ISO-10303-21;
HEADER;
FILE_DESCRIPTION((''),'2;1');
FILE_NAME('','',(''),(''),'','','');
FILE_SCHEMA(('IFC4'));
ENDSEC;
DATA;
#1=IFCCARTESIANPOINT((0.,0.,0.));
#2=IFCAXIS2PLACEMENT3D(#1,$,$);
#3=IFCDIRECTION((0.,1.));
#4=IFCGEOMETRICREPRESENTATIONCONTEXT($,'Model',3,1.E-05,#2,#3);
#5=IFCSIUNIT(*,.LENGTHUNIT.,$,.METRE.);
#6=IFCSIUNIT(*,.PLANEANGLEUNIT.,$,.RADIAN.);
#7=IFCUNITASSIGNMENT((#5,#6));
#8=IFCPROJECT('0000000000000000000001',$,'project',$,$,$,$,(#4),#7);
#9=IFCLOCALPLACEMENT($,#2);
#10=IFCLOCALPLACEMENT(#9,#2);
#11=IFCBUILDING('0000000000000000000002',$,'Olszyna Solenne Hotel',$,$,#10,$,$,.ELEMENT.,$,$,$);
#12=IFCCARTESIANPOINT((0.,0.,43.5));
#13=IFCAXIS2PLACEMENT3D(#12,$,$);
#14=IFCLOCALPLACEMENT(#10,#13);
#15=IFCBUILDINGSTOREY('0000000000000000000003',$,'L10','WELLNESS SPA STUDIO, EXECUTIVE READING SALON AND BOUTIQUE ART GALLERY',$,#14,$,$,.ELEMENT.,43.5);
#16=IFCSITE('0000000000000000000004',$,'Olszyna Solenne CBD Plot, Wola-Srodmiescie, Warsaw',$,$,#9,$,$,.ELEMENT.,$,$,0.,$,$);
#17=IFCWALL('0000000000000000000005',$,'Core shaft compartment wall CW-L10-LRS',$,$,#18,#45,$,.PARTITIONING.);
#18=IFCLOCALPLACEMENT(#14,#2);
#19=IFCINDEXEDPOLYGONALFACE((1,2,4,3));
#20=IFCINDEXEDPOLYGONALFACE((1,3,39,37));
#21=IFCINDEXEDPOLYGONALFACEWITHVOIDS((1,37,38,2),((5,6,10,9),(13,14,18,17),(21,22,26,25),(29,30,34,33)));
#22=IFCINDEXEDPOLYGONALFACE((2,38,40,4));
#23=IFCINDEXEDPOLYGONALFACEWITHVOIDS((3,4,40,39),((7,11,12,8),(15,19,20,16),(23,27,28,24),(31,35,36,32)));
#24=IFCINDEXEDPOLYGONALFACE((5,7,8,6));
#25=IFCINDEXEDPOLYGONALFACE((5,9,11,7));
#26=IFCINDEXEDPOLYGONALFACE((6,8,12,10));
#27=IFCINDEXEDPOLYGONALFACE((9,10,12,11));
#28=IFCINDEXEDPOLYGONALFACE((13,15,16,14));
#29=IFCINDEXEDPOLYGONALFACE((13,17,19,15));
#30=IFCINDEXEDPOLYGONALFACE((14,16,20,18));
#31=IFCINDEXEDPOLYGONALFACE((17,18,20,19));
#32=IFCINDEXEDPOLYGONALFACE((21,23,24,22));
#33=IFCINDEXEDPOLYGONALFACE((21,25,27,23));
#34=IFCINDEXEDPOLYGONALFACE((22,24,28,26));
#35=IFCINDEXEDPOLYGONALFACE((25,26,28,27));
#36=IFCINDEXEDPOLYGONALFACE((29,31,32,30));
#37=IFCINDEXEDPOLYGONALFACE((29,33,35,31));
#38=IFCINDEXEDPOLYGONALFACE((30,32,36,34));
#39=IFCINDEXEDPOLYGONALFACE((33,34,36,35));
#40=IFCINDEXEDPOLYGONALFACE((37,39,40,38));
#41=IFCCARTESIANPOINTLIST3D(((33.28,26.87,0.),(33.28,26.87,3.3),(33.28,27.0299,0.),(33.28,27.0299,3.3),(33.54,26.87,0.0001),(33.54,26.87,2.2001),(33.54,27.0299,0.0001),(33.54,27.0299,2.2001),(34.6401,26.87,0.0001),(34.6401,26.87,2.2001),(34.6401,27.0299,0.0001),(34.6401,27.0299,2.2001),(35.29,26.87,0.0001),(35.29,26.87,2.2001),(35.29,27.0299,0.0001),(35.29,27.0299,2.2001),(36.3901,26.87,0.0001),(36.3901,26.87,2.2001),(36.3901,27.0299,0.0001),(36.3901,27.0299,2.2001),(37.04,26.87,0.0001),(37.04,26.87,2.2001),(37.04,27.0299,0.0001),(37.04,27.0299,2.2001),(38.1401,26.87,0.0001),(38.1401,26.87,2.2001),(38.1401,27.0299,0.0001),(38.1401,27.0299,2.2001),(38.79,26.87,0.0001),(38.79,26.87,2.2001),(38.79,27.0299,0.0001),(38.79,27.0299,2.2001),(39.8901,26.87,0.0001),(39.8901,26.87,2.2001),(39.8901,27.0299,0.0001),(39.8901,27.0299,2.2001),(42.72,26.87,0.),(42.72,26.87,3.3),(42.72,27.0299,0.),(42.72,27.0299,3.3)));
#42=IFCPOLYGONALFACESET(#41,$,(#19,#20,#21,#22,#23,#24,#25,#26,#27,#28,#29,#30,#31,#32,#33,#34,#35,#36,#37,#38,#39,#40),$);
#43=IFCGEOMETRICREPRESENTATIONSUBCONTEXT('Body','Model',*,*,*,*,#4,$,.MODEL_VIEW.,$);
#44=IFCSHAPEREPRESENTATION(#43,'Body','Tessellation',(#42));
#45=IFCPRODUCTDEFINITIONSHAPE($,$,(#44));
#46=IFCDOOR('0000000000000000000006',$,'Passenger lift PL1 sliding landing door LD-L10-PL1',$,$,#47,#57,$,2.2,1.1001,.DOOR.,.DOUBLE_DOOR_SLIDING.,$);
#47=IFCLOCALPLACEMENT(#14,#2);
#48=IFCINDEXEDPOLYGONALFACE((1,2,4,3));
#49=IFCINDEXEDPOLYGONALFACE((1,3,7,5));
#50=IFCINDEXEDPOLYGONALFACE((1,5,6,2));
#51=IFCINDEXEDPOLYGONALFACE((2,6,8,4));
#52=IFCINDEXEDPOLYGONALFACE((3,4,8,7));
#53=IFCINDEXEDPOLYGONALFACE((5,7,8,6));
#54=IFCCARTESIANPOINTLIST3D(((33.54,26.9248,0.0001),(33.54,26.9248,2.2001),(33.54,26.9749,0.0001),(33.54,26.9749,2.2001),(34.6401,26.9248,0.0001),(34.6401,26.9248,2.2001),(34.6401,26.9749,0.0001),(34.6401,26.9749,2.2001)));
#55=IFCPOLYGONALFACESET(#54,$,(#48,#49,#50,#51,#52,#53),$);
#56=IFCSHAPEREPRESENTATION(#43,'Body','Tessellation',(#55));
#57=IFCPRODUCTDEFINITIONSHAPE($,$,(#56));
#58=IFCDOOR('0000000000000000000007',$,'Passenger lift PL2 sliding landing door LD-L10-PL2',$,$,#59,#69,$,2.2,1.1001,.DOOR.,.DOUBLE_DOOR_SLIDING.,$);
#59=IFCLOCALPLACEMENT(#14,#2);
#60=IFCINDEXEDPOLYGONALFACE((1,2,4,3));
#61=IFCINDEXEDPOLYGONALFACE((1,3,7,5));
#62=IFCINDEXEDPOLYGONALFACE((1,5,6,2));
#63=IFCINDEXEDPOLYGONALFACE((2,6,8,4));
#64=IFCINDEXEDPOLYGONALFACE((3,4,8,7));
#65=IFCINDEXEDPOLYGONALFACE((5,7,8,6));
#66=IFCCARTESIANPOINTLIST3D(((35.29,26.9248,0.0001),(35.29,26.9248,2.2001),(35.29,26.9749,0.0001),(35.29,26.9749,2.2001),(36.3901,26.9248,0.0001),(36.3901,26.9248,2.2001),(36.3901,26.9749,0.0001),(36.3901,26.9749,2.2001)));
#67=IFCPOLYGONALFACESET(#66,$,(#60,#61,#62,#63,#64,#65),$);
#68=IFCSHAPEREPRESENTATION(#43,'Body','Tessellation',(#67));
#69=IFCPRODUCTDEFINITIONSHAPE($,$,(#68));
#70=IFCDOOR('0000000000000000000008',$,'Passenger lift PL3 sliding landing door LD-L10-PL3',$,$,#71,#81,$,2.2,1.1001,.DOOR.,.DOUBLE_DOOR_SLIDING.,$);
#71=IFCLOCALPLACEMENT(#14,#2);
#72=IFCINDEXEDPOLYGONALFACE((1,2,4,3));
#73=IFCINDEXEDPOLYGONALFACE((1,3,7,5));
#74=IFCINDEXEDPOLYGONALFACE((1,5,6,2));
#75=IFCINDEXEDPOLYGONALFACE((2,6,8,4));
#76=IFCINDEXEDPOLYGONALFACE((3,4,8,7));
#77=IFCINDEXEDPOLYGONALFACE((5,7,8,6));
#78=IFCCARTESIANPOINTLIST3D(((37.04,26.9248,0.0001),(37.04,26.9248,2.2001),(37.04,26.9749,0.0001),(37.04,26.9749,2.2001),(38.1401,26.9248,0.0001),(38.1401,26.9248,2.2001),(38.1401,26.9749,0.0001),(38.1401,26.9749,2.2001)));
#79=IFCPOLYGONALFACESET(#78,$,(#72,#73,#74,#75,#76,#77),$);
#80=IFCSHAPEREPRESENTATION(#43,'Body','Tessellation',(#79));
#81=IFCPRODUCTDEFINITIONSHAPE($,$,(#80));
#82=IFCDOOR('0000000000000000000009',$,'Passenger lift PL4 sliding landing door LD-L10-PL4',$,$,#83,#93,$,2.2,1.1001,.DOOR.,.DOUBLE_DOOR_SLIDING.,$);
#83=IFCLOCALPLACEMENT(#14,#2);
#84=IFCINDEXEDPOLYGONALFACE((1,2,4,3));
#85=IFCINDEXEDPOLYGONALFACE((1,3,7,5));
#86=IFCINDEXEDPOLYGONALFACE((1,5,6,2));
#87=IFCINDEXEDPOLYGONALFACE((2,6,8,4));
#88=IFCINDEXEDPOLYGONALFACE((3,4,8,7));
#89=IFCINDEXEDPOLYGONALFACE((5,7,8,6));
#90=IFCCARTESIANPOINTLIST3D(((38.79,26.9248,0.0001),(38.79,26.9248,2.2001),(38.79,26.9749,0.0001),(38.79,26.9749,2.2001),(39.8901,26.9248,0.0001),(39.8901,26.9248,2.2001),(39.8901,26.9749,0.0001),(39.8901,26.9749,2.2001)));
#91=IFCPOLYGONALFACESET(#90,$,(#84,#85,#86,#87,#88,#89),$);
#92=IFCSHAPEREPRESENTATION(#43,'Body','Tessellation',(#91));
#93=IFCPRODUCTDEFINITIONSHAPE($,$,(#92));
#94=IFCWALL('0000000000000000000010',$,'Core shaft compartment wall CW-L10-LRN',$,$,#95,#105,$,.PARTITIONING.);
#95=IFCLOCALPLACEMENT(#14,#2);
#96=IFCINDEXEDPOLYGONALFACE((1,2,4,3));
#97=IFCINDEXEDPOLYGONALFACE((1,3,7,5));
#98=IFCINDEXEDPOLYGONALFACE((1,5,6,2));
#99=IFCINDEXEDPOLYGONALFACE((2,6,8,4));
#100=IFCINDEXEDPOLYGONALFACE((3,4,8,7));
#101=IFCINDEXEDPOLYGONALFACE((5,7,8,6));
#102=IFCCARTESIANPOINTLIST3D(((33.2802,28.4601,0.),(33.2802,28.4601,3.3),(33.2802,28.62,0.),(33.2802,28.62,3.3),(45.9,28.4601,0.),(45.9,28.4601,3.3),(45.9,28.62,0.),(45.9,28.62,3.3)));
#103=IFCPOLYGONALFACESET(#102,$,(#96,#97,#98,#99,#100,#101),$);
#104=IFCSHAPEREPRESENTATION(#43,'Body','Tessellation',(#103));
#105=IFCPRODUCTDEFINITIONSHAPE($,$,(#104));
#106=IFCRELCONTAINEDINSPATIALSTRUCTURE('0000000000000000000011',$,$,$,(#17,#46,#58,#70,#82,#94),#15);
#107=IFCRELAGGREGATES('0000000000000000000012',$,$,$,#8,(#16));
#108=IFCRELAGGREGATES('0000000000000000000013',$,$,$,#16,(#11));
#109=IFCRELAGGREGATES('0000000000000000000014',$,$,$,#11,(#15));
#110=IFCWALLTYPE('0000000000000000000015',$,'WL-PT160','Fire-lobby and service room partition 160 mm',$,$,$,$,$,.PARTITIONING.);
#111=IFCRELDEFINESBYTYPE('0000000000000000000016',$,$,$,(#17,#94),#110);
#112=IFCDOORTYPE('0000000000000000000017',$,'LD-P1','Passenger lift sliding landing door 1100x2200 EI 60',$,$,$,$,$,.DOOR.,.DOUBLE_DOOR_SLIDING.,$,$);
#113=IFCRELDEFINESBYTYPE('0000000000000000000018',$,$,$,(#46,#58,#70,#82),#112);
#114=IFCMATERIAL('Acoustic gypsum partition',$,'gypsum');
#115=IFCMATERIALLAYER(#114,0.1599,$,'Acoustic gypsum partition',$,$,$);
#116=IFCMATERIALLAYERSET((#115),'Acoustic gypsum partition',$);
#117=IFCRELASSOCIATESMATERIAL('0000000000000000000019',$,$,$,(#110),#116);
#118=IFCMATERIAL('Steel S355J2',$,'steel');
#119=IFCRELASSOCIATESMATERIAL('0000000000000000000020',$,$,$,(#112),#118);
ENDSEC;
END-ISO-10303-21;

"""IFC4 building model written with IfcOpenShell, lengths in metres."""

from ifc_helpers import new_model, si_unit, direction, frame, frame_2d, origin, place, context, subcontext, project, spatial, rectangle, extrude, source, transform, mapped, material, layer, layer_set, type_object, type_shapes, element, fill, save


model = new_model("IFC4")

# Units and contexts
model_context = context("Model", 3, precision=1e-05, world=origin(), true_north=direction((0.0, 1.0)))
body_context = subcontext(model_context, "Body", "Model", "MODEL_VIEW")
ifc_project = project(units=[si_unit("LENGTHUNIT", "METRE"), si_unit("PLANEANGLEUNIT", "RADIAN")], contexts=[model_context])

# Site, building, storey
site_placement = place(None, origin())
site = spatial("IfcSite", under=ifc_project, at=site_placement, Name="Olszyna Solenne CBD Plot, Wola-Srodmiescie, Warsaw", CompositionType="ELEMENT", RefElevation=0.0)
building_placement = place(site_placement, origin())
building = spatial("IfcBuilding", under=site, at=building_placement, Name="Olszyna Solenne Hotel", CompositionType="ELEMENT")
storey_placement = place(building_placement, frame((0.0, 0.0, 43.5)))
storey = spatial("IfcBuildingStorey", under=building, at=storey_placement, Name="L10", Description="WELLNESS SPA STUDIO, EXECUTIVE READING SALON AND BOUTIQUE ART GALLERY", CompositionType="ELEMENT", Elevation=43.5)

# Shared definitions
ifc_material_1 = material(Name="Steel S355J2", Category="steel")

# Shared definitions
ifc_material_2 = material(Name="Acoustic gypsum partition", Category="gypsum")

# Shared definitions
ifc_layer_1 = layer(ifc_material_2, 0.1599, Name="Acoustic gypsum partition")
ifc_layer_set_1 = layer_set([ifc_layer_1], Name="Acoustic gypsum partition")
wall_type_1 = type_object("IfcWallType", Name="WL-PT160", Description="Fire-lobby and service room partition 160 mm", PredefinedType="PARTITIONING", material=ifc_layer_set_1)

# Wall, openings, doors
wall_1_placement = place(storey_placement, frame((33.28, 26.95, 0.0), z_axis=(0.0, 0.0, 1.0), x_axis=(1.0, 0.0, 0.0)))
wall_1 = element("IfcWall", 1, at=wall_1_placement, inside=storey, type_object=wall_type_1, Name="Core shaft compartment wall CW-L10-LRS", PredefinedType="PARTITIONING", context=body_context, shape_type="SweptSolid", body=[
    extrude(rectangle(XDim=9.4399, YDim=0.1599, at=frame_2d((4.72, 0.0))), origin(), (0.0, 0.0, 1.0), 3.3),
])
opening_1_placement = place(wall_1_placement, frame((0.26, 0.0, 0.0)))
opening_1 = element("IfcOpeningElement", 2, at=opening_1_placement, cuts=wall_1, PredefinedType="OPENING", context=body_context, shape_type="SweptSolid", body=[
    extrude(rectangle(XDim=1.1001, YDim=2.2, at=frame_2d((0.55, 1.1001))), frame((0.0, 0.0898, 0.0), z_axis=(0.0, -1.0, 0.0), x_axis=(1.0, 0.0, 0.0)), (0.0, 0.0, 1.0), 0.1799),
])
opening_2_placement = place(wall_1_placement, frame((2.01, 0.0, 0.0)))
opening_2 = element("IfcOpeningElement", 3, at=opening_2_placement, cuts=wall_1, PredefinedType="OPENING", context=body_context, shape_type="SweptSolid", body=[
    extrude(rectangle(XDim=1.1001, YDim=2.2, at=frame_2d((0.55, 1.1001))), frame((0.0, 0.0898, 0.0), z_axis=(0.0, -1.0, 0.0), x_axis=(1.0, 0.0, 0.0)), (0.0, 0.0, 1.0), 0.1799),
])
opening_3_placement = place(wall_1_placement, frame((3.76, 0.0, 0.0)))
opening_3 = element("IfcOpeningElement", 4, at=opening_3_placement, cuts=wall_1, PredefinedType="OPENING", context=body_context, shape_type="SweptSolid", body=[
    extrude(rectangle(XDim=1.1001, YDim=2.2, at=frame_2d((0.55, 1.1001))), frame((0.0, 0.0898, 0.0), z_axis=(0.0, -1.0, 0.0), x_axis=(1.0, 0.0, 0.0)), (0.0, 0.0, 1.0), 0.1799),
])
opening_4_placement = place(wall_1_placement, frame((5.51, 0.0, 0.0)))
opening_4 = element("IfcOpeningElement", 5, at=opening_4_placement, cuts=wall_1, PredefinedType="OPENING", context=body_context, shape_type="SweptSolid", body=[
    extrude(rectangle(XDim=1.1001, YDim=2.2, at=frame_2d((0.55, 1.1001))), frame((0.0, 0.0898, 0.0), z_axis=(0.0, -1.0, 0.0), x_axis=(1.0, 0.0, 0.0)), (0.0, 0.0, 1.0), 0.1799),
])
door_type_1 = type_object("IfcDoorType", Name="LD-P1", Description="Passenger lift sliding landing door 1100x2200 EI 60", OperationType="DOUBLE_DOOR_SLIDING", PredefinedType="DOOR", material=ifc_material_1)
shared_shape_1 = source(origin(), body_context, "Body", "SweptSolid", [
    extrude(rectangle(XDim=1.1001, YDim=2.2, at=frame_2d((0.55, 1.1001))), frame((0.0, 0.0249, 0.0), z_axis=(0.0, -1.0, 0.0), x_axis=(1.0, 0.0, 0.0)), (0.0, 0.0, 1.0), 0.05),
])
type_shapes(door_type_1, [shared_shape_1])
door_1_placement = place(opening_1_placement, origin())
door_1 = element("IfcDoor", 6, at=door_1_placement, inside=storey, type_object=door_type_1, Name="Passenger lift PL1 sliding landing door LD-L10-PL1", OperationType="DOUBLE_DOOR_SLIDING", OverallHeight=2.2, OverallWidth=1.1001, PredefinedType="DOOR", context=body_context, shape_type="MappedRepresentation", body=[
    mapped(shared_shape_1, transform((0.0, 0.0, 0.0), x_axis=(1.0, 0.0, 0.0), y_axis=(0.0, 1.0, 0.0), z_axis=(0.0, 0.0, 1.0), scale=1.0)),
])
fill(opening_1, door_1)
door_2_placement = place(opening_2_placement, origin())
door_2 = element("IfcDoor", 7, at=door_2_placement, inside=storey, type_object=door_type_1, Name="Passenger lift PL2 sliding landing door LD-L10-PL2", OperationType="DOUBLE_DOOR_SLIDING", OverallHeight=2.2, OverallWidth=1.1001, PredefinedType="DOOR", context=body_context, shape_type="MappedRepresentation", body=[
    mapped(shared_shape_1, transform((0.0, 0.0, 0.0), x_axis=(1.0, 0.0, 0.0), y_axis=(0.0, 1.0, 0.0), z_axis=(0.0, 0.0, 1.0), scale=1.0)),
])
fill(opening_2, door_2)
door_3_placement = place(opening_3_placement, origin())
door_3 = element("IfcDoor", 8, at=door_3_placement, inside=storey, type_object=door_type_1, Name="Passenger lift PL3 sliding landing door LD-L10-PL3", OperationType="DOUBLE_DOOR_SLIDING", OverallHeight=2.2, OverallWidth=1.1001, PredefinedType="DOOR", context=body_context, shape_type="MappedRepresentation", body=[
    mapped(shared_shape_1, transform((0.0, 0.0, 0.0), x_axis=(1.0, 0.0, 0.0), y_axis=(0.0, 1.0, 0.0), z_axis=(0.0, 0.0, 1.0), scale=1.0)),
])
fill(opening_3, door_3)
door_4_placement = place(opening_4_placement, origin())
door_4 = element("IfcDoor", 9, at=door_4_placement, inside=storey, type_object=door_type_1, Name="Passenger lift PL4 sliding landing door LD-L10-PL4", OperationType="DOUBLE_DOOR_SLIDING", OverallHeight=2.2, OverallWidth=1.1001, PredefinedType="DOOR", context=body_context, shape_type="MappedRepresentation", body=[
    mapped(shared_shape_1, transform((0.0, 0.0, 0.0), x_axis=(1.0, 0.0, 0.0), y_axis=(0.0, 1.0, 0.0), z_axis=(0.0, 0.0, 1.0), scale=1.0)),
])
fill(opening_4, door_4)

# Wall
wall_2_placement = place(storey_placement, frame((33.28, 28.54, 0.0), z_axis=(0.0, 0.0, 1.0), x_axis=(1.0, 0.0, 0.0)))
element("IfcWall", 10, at=wall_2_placement, inside=storey, type_object=wall_type_1, Name="Core shaft compartment wall CW-L10-LRN", PredefinedType="PARTITIONING", context=body_context, shape_type="SweptSolid", body=[
    extrude(rectangle(XDim=12.6199, YDim=0.1599, at=frame_2d((6.3101, 0.0))), origin(), (0.0, 0.0, 1.0), 3.3),
])

save(model, "model.ifc")
